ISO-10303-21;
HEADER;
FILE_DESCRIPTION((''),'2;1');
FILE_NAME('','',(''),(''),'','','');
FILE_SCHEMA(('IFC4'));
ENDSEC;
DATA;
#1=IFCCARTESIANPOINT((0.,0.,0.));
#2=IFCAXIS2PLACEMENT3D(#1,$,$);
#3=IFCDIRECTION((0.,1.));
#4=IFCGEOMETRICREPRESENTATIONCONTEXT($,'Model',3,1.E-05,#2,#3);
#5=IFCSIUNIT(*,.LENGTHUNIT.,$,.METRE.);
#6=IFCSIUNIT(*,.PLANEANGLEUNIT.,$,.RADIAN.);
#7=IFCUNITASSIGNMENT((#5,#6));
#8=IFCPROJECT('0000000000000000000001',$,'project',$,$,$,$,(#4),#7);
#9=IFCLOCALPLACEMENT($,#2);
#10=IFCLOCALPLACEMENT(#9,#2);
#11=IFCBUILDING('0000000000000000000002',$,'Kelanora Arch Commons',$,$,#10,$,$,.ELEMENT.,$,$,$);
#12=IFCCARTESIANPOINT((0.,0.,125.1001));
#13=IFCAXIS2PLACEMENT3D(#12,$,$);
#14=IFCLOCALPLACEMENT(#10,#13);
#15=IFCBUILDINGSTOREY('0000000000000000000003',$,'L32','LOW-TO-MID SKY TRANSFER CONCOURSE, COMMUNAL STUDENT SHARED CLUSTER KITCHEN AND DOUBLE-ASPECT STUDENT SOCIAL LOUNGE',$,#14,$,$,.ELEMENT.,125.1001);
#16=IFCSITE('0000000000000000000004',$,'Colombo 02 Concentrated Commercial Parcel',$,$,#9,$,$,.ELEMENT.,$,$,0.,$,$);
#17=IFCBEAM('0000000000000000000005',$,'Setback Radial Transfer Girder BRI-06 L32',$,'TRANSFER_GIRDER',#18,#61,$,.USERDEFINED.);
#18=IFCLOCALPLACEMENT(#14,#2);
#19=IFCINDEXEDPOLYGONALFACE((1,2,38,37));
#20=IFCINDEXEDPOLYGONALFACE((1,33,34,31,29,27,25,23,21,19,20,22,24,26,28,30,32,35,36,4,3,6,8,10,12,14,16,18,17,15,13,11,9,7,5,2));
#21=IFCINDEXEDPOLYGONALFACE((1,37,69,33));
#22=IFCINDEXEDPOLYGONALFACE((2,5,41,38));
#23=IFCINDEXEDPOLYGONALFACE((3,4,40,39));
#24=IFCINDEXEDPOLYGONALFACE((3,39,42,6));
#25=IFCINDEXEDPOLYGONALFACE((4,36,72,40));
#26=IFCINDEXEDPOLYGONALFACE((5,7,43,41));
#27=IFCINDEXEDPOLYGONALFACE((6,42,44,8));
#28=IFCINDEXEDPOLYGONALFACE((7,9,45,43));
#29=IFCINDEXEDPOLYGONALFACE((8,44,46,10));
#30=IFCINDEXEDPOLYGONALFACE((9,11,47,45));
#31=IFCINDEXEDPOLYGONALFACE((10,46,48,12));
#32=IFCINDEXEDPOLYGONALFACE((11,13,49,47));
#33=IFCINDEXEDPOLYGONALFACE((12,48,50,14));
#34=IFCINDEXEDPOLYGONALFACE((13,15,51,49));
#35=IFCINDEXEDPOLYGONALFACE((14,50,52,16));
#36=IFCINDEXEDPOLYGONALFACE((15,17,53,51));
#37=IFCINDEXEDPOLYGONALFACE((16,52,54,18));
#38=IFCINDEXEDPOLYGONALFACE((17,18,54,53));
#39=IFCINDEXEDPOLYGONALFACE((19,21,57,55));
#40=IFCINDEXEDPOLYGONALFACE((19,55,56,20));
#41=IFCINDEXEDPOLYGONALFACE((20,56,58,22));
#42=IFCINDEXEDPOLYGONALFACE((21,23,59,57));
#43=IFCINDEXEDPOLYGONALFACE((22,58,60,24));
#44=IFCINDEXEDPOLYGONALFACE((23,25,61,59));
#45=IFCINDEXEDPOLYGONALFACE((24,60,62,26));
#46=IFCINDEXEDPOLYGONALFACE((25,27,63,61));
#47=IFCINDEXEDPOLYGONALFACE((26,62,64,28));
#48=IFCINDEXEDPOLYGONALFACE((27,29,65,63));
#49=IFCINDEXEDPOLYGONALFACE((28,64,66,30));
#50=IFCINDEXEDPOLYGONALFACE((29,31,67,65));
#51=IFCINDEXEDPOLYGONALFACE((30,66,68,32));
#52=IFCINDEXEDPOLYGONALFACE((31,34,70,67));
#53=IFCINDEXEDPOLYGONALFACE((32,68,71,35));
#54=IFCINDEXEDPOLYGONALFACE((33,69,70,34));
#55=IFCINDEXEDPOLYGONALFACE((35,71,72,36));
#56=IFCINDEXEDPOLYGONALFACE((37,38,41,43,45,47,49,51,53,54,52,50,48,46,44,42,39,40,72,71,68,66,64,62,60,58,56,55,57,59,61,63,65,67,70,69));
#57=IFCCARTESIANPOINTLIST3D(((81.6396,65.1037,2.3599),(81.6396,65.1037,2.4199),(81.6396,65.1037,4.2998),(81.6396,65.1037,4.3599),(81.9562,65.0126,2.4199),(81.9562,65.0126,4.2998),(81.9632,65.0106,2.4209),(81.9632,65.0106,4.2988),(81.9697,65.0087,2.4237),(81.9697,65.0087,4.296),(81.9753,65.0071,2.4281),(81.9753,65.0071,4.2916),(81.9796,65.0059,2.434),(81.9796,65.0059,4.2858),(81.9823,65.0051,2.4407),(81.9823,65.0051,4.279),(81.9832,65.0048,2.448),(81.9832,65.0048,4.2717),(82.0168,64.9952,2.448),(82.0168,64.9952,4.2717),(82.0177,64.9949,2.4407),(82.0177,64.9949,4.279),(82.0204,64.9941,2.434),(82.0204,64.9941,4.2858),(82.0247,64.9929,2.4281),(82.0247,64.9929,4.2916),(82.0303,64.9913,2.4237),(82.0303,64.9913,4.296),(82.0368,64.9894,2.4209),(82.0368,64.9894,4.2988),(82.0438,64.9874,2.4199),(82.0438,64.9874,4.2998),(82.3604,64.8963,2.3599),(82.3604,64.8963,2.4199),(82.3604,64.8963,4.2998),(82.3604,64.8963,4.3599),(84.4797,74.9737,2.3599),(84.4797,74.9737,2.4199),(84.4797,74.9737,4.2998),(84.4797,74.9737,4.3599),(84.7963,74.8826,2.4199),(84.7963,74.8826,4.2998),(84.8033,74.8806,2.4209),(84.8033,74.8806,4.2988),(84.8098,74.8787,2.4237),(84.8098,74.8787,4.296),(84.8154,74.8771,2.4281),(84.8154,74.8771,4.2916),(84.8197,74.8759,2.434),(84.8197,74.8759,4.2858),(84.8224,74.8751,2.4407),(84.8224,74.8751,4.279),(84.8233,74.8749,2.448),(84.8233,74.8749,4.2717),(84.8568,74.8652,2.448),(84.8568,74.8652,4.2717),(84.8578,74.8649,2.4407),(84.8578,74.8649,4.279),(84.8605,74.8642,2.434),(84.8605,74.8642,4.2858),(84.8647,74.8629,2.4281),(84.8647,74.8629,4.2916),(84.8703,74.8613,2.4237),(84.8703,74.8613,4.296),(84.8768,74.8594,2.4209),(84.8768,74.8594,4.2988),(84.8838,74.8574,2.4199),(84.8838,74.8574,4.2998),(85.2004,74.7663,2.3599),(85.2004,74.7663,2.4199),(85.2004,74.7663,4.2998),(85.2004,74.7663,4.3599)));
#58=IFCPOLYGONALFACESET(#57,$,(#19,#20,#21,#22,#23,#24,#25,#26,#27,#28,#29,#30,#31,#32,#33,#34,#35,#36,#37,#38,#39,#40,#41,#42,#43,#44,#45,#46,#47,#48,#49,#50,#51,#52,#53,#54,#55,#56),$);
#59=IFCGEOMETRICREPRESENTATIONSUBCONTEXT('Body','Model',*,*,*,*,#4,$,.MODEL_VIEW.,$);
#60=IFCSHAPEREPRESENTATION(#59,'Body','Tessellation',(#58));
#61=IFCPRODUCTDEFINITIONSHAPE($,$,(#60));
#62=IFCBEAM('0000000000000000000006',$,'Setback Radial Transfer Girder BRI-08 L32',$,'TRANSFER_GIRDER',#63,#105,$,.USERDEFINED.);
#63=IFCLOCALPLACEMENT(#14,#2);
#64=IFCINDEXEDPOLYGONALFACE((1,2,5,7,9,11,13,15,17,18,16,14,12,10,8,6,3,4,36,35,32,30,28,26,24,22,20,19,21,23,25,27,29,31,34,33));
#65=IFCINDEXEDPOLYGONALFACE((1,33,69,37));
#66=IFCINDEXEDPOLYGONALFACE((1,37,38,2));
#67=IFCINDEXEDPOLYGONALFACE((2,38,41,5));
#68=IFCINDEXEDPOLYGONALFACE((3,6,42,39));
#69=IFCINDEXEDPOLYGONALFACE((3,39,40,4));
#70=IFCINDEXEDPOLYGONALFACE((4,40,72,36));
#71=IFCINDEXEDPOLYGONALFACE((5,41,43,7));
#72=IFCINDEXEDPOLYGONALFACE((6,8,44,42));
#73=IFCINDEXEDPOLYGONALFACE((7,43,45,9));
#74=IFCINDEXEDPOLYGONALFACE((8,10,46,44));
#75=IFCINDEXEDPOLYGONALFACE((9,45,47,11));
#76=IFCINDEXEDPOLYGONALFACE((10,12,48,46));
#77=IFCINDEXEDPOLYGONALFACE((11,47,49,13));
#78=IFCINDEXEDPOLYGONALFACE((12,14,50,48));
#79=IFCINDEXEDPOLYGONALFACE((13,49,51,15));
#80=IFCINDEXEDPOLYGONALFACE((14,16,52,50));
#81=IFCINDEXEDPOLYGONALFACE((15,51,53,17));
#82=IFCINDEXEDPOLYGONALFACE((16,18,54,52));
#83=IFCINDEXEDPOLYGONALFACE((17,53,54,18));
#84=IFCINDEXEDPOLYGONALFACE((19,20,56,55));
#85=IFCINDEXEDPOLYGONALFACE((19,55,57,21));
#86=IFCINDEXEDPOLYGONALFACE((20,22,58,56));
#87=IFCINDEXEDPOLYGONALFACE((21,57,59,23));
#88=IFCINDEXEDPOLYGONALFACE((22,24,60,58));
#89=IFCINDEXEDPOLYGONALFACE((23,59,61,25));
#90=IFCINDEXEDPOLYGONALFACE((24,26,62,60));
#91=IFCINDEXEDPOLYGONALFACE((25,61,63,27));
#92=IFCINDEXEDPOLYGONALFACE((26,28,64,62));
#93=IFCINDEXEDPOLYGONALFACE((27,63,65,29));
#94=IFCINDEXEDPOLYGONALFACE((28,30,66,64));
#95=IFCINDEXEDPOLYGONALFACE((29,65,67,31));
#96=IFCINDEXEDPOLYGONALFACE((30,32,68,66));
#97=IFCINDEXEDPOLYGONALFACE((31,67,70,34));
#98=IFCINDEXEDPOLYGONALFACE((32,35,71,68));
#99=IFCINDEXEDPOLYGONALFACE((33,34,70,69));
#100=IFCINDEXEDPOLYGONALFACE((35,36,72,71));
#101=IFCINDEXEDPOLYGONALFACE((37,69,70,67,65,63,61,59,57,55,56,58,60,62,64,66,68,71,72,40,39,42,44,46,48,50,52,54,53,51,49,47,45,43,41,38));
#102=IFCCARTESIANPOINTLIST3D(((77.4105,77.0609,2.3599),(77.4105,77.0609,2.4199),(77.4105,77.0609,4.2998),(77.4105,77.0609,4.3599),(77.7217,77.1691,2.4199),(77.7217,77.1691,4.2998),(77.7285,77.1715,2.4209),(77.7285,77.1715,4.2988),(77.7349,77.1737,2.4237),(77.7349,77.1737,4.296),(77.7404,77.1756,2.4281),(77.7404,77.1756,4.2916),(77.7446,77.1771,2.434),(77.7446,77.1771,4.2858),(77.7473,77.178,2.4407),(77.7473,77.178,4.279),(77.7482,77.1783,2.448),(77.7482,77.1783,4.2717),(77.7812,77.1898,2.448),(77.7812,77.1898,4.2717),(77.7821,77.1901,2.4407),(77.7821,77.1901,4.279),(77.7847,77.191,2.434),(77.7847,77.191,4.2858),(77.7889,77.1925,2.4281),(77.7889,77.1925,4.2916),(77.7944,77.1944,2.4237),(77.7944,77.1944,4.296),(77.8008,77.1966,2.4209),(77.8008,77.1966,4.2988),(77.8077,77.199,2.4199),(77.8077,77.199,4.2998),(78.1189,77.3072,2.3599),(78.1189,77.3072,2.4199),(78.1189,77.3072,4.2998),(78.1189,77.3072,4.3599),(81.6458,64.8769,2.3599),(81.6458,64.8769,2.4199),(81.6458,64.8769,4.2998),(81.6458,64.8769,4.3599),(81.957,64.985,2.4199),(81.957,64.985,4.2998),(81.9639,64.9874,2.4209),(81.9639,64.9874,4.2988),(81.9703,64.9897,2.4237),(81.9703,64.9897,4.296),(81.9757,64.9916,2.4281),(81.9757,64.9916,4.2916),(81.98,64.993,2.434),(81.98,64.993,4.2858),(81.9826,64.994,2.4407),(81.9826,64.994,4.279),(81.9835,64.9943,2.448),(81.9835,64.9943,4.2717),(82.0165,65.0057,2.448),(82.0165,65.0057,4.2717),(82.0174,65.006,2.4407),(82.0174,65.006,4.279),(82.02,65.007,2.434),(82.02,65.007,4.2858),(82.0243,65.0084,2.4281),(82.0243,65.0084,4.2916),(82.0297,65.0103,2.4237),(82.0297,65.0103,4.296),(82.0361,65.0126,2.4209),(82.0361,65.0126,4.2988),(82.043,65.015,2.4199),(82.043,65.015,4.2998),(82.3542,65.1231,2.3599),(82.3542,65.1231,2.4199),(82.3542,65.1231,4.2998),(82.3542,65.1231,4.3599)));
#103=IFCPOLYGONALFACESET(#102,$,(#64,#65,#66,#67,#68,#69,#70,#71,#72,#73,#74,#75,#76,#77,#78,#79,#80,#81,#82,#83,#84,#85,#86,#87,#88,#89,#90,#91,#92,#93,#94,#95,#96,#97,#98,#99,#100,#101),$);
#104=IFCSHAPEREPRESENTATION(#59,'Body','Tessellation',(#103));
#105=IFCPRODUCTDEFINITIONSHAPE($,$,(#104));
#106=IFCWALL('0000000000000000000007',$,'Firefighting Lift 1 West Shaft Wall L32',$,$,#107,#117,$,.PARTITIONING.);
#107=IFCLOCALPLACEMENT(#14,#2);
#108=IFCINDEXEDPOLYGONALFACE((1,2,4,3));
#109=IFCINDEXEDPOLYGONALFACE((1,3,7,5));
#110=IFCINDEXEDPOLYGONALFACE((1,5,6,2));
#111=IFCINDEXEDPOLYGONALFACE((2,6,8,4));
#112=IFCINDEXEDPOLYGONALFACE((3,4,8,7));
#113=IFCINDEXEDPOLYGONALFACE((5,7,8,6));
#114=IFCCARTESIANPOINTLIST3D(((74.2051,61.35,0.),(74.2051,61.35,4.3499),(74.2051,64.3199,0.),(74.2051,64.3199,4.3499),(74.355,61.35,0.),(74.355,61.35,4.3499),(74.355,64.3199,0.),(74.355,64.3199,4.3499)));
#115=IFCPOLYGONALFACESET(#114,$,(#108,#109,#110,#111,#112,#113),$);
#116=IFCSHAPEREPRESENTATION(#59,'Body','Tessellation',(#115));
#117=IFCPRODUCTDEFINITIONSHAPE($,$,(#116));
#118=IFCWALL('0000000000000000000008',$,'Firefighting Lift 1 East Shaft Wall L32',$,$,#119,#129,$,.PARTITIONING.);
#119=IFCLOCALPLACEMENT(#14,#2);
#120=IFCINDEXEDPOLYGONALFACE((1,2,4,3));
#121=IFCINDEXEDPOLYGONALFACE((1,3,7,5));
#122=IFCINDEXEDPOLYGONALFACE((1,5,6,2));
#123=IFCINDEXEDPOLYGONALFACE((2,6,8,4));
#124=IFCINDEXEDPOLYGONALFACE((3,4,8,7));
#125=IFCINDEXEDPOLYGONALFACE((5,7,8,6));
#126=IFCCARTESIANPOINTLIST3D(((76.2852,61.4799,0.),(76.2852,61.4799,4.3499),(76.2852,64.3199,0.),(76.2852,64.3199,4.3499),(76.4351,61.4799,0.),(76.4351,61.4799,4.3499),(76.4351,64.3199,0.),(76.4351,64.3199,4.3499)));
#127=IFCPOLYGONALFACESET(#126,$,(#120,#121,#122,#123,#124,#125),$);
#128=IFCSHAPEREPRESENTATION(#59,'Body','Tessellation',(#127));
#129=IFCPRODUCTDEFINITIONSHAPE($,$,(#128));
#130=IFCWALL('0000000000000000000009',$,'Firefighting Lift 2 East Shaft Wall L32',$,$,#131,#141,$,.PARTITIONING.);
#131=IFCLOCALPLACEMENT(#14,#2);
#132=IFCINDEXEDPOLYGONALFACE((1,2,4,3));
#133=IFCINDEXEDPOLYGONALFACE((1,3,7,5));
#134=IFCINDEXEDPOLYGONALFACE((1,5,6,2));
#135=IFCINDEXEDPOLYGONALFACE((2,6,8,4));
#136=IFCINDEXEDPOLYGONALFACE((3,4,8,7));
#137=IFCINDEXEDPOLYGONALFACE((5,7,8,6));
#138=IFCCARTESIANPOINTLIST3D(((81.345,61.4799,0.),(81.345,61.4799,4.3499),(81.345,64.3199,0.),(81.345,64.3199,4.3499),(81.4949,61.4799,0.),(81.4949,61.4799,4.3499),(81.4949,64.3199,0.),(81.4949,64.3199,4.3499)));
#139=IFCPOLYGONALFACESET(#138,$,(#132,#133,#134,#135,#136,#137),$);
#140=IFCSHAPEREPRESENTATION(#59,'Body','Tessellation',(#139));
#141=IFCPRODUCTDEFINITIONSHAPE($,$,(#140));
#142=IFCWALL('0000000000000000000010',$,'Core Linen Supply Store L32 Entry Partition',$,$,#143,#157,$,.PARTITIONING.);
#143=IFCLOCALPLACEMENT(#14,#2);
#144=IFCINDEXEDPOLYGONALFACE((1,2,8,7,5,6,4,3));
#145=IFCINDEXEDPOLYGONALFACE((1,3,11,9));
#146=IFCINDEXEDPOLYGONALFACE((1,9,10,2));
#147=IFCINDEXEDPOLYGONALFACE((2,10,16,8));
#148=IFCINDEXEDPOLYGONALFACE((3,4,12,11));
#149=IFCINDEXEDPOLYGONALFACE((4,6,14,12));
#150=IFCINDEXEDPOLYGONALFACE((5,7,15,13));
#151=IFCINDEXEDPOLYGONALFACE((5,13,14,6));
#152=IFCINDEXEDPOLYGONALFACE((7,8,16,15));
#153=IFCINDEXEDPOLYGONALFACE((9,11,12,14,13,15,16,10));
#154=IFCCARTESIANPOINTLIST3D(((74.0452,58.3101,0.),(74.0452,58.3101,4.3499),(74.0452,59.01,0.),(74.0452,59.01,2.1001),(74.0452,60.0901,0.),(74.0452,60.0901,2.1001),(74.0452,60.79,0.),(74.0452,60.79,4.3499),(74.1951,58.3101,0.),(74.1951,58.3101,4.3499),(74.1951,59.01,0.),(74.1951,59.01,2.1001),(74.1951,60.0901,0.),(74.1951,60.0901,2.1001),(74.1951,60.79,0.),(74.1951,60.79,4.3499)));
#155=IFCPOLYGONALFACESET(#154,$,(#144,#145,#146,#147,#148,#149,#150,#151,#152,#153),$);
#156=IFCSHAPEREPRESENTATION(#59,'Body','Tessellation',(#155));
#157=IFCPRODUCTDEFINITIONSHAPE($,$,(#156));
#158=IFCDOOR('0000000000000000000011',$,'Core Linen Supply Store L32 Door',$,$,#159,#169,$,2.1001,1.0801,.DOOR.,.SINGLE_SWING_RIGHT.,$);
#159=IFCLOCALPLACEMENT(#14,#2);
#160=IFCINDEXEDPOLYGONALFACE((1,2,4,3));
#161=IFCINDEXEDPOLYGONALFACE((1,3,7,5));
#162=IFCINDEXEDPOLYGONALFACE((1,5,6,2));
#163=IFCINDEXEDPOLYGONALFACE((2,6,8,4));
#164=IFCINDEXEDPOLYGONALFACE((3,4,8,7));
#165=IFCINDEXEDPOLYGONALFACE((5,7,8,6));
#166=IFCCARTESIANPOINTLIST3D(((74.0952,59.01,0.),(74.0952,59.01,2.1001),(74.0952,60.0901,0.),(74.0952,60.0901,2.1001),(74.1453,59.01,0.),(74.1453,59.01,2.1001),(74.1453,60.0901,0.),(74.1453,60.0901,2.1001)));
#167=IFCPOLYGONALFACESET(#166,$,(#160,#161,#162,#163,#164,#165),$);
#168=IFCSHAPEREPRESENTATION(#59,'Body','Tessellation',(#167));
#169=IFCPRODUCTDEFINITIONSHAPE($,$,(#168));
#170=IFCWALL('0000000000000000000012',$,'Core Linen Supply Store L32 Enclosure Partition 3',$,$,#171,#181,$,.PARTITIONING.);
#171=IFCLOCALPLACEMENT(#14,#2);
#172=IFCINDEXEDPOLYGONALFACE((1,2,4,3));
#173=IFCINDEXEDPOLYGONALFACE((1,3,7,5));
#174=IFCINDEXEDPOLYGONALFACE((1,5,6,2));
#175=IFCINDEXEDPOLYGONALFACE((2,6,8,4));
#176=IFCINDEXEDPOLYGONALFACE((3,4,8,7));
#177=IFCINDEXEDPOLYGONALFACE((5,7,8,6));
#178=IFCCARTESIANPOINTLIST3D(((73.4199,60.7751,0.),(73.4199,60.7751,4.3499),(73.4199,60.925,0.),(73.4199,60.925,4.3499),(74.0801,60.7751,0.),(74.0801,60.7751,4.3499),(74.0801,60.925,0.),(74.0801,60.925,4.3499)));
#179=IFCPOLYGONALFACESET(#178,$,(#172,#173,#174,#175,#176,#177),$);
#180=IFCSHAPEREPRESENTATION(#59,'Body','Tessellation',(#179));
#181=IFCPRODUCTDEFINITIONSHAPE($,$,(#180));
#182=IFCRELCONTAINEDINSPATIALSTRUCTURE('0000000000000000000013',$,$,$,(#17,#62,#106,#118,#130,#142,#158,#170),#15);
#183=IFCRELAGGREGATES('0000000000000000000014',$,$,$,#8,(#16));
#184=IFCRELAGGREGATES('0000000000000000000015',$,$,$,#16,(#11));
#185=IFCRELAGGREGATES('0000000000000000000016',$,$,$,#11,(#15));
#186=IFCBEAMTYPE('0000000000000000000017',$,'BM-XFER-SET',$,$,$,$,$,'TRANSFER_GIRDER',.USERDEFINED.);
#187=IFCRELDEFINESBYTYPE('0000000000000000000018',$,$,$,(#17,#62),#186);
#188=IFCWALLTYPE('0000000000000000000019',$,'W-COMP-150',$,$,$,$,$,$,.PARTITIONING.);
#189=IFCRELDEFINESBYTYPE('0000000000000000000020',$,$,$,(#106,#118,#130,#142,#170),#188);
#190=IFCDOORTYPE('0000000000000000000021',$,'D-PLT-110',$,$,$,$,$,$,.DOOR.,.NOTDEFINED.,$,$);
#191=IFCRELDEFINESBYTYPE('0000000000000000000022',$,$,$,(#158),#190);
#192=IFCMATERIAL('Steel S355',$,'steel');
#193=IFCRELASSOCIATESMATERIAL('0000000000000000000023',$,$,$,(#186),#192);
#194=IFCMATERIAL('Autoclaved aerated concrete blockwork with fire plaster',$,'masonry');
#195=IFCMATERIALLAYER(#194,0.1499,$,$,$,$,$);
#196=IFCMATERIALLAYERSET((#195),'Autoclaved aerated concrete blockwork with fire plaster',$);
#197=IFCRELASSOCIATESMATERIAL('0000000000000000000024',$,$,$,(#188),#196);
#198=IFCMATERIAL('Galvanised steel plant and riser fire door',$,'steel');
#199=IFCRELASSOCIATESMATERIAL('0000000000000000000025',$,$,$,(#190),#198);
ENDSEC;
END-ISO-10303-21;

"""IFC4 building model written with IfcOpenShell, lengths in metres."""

from ifc_helpers import new_model, si_unit, direction, frame, frame_2d, origin, origin_2d, place, context, subcontext, project, spatial, rectangle, i_section, extrude, material, layer, layer_set, material_profile, profile_set, type_object, element, fill, save


model = new_model("IFC4")

# Units and contexts
model_context = context("Model", 3, precision=1e-05, world=origin(), true_north=direction((0.0, 1.0)))
body_context = subcontext(model_context, "Body", "Model", "MODEL_VIEW")
ifc_project = project(units=[si_unit("LENGTHUNIT", "METRE"), si_unit("PLANEANGLEUNIT", "RADIAN")], contexts=[model_context])

# Site, building, storey
site_placement = place(None, origin())
site = spatial("IfcSite", under=ifc_project, at=site_placement, Name="Colombo 02 Concentrated Commercial Parcel", CompositionType="ELEMENT", RefElevation=0.0)
building_placement = place(site_placement, origin())
building = spatial("IfcBuilding", under=site, at=building_placement, Name="Kelanora Arch Commons", CompositionType="ELEMENT")
storey_placement = place(building_placement, frame((0.0, 0.0, 125.1001)))
storey = spatial("IfcBuildingStorey", under=building, at=storey_placement, Name="L32", Description="LOW-TO-MID SKY TRANSFER CONCOURSE, COMMUNAL STUDENT SHARED CLUSTER KITCHEN AND DOUBLE-ASPECT STUDENT SOCIAL LOUNGE", CompositionType="ELEMENT", Elevation=125.1001)

# Beams
ifc_material_1 = material(Name="Steel S355", Category="steel")
ifc_material_profile_1 = material_profile(ifc_material_1, i_section(OverallWidth=0.75, OverallDepth=2.0, WebThickness=0.0349, FlangeThickness=0.0601, FilletRadius=0.0281, at=origin_2d()), Name="PG2000x750")
ifc_profile_set_1 = profile_set([ifc_material_profile_1], Name="Steel S355")
beam_type_1 = type_object("IfcBeamType", Name="BM-XFER-SET", ElementType="TRANSFER_GIRDER", PredefinedType="USERDEFINED", material=ifc_profile_set_1)
beam_1_placement = place(storey_placement, frame((82.0, 65.0, 3.3599), z_axis=(0.276526, 0.961006, 0.0), x_axis=(-0.961006, 0.276526, 0.0)))
element("IfcBeam", 1, at=beam_1_placement, inside=storey, type_object=beam_type_1, Name="Setback Radial Transfer Girder BRI-06 L32", ObjectType="TRANSFER_GIRDER", PredefinedType="USERDEFINED", context=body_context, shape_type="SweptSolid", body=[
    extrude(i_section(OverallWidth=0.75, OverallDepth=2.0, WebThickness=0.0349, FlangeThickness=0.0601, FilletRadius=0.0281, at=origin_2d()), origin(), (0.0, 0.0, 1.0), 10.2705),
])
beam_2_placement = place(storey_placement, frame((82.0, 65.0, 3.3599), z_axis=(-0.328342, 0.944559, 0.0), x_axis=(-0.944559, -0.328342, 0.0)))
element("IfcBeam", 2, at=beam_2_placement, inside=storey, type_object=beam_type_1, Name="Setback Radial Transfer Girder BRI-08 L32", ObjectType="TRANSFER_GIRDER", PredefinedType="USERDEFINED", context=body_context, shape_type="SweptSolid", body=[
    extrude(i_section(OverallWidth=0.75, OverallDepth=2.0, WebThickness=0.0349, FlangeThickness=0.0601, FilletRadius=0.0281, at=origin_2d()), origin(), (0.0, 0.0, 1.0), 12.8992),
])

# Walls
ifc_material_2 = material(Name="Autoclaved aerated concrete blockwork with fire plaster", Category="masonry")
ifc_layer_1 = layer(ifc_material_2, 0.1499)
ifc_layer_set_1 = layer_set([ifc_layer_1], Name="Autoclaved aerated concrete blockwork with fire plaster")
wall_type_1 = type_object("IfcWallType", Name="W-COMP-150", PredefinedType="PARTITIONING", material=ifc_layer_set_1)
wall_1_placement = place(storey_placement, frame((74.28, 61.3501, 0.0), z_axis=(0.0, 0.0, 1.0), x_axis=(0.0, 1.0, 0.0)))
element("IfcWall", 3, at=wall_1_placement, inside=storey, type_object=wall_type_1, Name="Firefighting Lift 1 West Shaft Wall L32", PredefinedType="PARTITIONING", context=body_context, shape_type="SweptSolid", body=[
    extrude(rectangle(XDim=2.97, YDim=0.1499, at=frame_2d((1.4849, 0.0))), origin(), (0.0, 0.0, 1.0), 4.3499),
])
for number, where, z_axis, x_axis, name in (
    (4, (76.3601, 61.48, 0.0), (0.0, 0.0, 1.0), (0.0, 1.0, 0.0), "Firefighting Lift 1 East Shaft Wall L32"),
    (5, (81.4199, 61.48, 0.0), (0.0, 0.0, 1.0), (0.0, 1.0, 0.0), "Firefighting Lift 2 East Shaft Wall L32"),
):
    element("IfcWall", number, at=place(storey_placement, frame(where, z_axis=z_axis, x_axis=x_axis)), inside=storey, type_object=wall_type_1, Name=name, PredefinedType="PARTITIONING", context=body_context, shape_type="SweptSolid", body=[
        extrude(rectangle(XDim=2.8401, YDim=0.1499, at=frame_2d((1.4199, 0.0))), origin(), (0.0, 0.0, 1.0), 4.3499),
    ])

# Wall, opening, door
wall_2_placement = place(storey_placement, frame((74.1201, 58.3101, 0.0), z_axis=(0.0, 0.0, 1.0), x_axis=(0.0, 1.0, 0.0)))
wall_2 = element("IfcWall", 6, at=wall_2_placement, inside=storey, type_object=wall_type_1, Name="Core Linen Supply Store L32 Entry Partition", PredefinedType="PARTITIONING", context=body_context, shape_type="SweptSolid", body=[
    extrude(rectangle(XDim=2.48, YDim=0.1499, at=frame_2d((1.24, 0.0))), origin(), (0.0, 0.0, 1.0), 4.3499),
])
opening_1_placement = place(wall_2_placement, frame((0.7, 0.0, 0.0)))
opening_1 = element("IfcOpeningElement", 7, at=opening_1_placement, cuts=wall_2, PredefinedType="OPENING", context=body_context, shape_type="SweptSolid", body=[
    extrude(rectangle(XDim=1.0801, YDim=2.1001, at=frame_2d((0.54, 1.05))), frame((0.0, 0.085, 0.0), z_axis=(0.0, -1.0, 0.0), x_axis=(1.0, 0.0, 0.0)), (0.0, 0.0, 1.0), 0.1699),
])
ifc_material_3 = material(Name="Galvanised steel plant and riser fire door", Category="steel")
door_type_1 = type_object("IfcDoorType", Name="D-PLT-110", OperationType="NOTDEFINED", PredefinedType="DOOR", material=ifc_material_3)
door_1_placement = place(opening_1_placement, origin())
door_1 = element("IfcDoor", 8, at=door_1_placement, inside=storey, type_object=door_type_1, Name="Core Linen Supply Store L32 Door", OperationType="SINGLE_SWING_RIGHT", OverallHeight=2.1001, OverallWidth=1.0801, PredefinedType="DOOR", context=body_context, shape_type="SweptSolid", body=[
    extrude(rectangle(XDim=1.0801, YDim=2.1001, at=frame_2d((0.54, 1.05))), frame((0.0, 0.0249, 0.0), z_axis=(0.0, -1.0, 0.0), x_axis=(1.0, 0.0, 0.0)), (0.0, 0.0, 1.0), 0.05),
])
fill(opening_1, door_1)

# Wall
wall_3_placement = place(storey_placement, frame((74.0801, 60.8501, 0.0), z_axis=(0.0, 0.0, 1.0), x_axis=(-1.0, 0.0, 0.0)))
element("IfcWall", 9, at=wall_3_placement, inside=storey, type_object=wall_type_1, Name="Core Linen Supply Store L32 Enclosure Partition 3", PredefinedType="PARTITIONING", context=body_context, shape_type="SweptSolid", body=[
    extrude(rectangle(XDim=0.6602, YDim=0.1499, at=frame_2d((0.3301, 0.0))), origin(), (0.0, 0.0, 1.0), 4.3499),
])

save(model, "model.ifc")
